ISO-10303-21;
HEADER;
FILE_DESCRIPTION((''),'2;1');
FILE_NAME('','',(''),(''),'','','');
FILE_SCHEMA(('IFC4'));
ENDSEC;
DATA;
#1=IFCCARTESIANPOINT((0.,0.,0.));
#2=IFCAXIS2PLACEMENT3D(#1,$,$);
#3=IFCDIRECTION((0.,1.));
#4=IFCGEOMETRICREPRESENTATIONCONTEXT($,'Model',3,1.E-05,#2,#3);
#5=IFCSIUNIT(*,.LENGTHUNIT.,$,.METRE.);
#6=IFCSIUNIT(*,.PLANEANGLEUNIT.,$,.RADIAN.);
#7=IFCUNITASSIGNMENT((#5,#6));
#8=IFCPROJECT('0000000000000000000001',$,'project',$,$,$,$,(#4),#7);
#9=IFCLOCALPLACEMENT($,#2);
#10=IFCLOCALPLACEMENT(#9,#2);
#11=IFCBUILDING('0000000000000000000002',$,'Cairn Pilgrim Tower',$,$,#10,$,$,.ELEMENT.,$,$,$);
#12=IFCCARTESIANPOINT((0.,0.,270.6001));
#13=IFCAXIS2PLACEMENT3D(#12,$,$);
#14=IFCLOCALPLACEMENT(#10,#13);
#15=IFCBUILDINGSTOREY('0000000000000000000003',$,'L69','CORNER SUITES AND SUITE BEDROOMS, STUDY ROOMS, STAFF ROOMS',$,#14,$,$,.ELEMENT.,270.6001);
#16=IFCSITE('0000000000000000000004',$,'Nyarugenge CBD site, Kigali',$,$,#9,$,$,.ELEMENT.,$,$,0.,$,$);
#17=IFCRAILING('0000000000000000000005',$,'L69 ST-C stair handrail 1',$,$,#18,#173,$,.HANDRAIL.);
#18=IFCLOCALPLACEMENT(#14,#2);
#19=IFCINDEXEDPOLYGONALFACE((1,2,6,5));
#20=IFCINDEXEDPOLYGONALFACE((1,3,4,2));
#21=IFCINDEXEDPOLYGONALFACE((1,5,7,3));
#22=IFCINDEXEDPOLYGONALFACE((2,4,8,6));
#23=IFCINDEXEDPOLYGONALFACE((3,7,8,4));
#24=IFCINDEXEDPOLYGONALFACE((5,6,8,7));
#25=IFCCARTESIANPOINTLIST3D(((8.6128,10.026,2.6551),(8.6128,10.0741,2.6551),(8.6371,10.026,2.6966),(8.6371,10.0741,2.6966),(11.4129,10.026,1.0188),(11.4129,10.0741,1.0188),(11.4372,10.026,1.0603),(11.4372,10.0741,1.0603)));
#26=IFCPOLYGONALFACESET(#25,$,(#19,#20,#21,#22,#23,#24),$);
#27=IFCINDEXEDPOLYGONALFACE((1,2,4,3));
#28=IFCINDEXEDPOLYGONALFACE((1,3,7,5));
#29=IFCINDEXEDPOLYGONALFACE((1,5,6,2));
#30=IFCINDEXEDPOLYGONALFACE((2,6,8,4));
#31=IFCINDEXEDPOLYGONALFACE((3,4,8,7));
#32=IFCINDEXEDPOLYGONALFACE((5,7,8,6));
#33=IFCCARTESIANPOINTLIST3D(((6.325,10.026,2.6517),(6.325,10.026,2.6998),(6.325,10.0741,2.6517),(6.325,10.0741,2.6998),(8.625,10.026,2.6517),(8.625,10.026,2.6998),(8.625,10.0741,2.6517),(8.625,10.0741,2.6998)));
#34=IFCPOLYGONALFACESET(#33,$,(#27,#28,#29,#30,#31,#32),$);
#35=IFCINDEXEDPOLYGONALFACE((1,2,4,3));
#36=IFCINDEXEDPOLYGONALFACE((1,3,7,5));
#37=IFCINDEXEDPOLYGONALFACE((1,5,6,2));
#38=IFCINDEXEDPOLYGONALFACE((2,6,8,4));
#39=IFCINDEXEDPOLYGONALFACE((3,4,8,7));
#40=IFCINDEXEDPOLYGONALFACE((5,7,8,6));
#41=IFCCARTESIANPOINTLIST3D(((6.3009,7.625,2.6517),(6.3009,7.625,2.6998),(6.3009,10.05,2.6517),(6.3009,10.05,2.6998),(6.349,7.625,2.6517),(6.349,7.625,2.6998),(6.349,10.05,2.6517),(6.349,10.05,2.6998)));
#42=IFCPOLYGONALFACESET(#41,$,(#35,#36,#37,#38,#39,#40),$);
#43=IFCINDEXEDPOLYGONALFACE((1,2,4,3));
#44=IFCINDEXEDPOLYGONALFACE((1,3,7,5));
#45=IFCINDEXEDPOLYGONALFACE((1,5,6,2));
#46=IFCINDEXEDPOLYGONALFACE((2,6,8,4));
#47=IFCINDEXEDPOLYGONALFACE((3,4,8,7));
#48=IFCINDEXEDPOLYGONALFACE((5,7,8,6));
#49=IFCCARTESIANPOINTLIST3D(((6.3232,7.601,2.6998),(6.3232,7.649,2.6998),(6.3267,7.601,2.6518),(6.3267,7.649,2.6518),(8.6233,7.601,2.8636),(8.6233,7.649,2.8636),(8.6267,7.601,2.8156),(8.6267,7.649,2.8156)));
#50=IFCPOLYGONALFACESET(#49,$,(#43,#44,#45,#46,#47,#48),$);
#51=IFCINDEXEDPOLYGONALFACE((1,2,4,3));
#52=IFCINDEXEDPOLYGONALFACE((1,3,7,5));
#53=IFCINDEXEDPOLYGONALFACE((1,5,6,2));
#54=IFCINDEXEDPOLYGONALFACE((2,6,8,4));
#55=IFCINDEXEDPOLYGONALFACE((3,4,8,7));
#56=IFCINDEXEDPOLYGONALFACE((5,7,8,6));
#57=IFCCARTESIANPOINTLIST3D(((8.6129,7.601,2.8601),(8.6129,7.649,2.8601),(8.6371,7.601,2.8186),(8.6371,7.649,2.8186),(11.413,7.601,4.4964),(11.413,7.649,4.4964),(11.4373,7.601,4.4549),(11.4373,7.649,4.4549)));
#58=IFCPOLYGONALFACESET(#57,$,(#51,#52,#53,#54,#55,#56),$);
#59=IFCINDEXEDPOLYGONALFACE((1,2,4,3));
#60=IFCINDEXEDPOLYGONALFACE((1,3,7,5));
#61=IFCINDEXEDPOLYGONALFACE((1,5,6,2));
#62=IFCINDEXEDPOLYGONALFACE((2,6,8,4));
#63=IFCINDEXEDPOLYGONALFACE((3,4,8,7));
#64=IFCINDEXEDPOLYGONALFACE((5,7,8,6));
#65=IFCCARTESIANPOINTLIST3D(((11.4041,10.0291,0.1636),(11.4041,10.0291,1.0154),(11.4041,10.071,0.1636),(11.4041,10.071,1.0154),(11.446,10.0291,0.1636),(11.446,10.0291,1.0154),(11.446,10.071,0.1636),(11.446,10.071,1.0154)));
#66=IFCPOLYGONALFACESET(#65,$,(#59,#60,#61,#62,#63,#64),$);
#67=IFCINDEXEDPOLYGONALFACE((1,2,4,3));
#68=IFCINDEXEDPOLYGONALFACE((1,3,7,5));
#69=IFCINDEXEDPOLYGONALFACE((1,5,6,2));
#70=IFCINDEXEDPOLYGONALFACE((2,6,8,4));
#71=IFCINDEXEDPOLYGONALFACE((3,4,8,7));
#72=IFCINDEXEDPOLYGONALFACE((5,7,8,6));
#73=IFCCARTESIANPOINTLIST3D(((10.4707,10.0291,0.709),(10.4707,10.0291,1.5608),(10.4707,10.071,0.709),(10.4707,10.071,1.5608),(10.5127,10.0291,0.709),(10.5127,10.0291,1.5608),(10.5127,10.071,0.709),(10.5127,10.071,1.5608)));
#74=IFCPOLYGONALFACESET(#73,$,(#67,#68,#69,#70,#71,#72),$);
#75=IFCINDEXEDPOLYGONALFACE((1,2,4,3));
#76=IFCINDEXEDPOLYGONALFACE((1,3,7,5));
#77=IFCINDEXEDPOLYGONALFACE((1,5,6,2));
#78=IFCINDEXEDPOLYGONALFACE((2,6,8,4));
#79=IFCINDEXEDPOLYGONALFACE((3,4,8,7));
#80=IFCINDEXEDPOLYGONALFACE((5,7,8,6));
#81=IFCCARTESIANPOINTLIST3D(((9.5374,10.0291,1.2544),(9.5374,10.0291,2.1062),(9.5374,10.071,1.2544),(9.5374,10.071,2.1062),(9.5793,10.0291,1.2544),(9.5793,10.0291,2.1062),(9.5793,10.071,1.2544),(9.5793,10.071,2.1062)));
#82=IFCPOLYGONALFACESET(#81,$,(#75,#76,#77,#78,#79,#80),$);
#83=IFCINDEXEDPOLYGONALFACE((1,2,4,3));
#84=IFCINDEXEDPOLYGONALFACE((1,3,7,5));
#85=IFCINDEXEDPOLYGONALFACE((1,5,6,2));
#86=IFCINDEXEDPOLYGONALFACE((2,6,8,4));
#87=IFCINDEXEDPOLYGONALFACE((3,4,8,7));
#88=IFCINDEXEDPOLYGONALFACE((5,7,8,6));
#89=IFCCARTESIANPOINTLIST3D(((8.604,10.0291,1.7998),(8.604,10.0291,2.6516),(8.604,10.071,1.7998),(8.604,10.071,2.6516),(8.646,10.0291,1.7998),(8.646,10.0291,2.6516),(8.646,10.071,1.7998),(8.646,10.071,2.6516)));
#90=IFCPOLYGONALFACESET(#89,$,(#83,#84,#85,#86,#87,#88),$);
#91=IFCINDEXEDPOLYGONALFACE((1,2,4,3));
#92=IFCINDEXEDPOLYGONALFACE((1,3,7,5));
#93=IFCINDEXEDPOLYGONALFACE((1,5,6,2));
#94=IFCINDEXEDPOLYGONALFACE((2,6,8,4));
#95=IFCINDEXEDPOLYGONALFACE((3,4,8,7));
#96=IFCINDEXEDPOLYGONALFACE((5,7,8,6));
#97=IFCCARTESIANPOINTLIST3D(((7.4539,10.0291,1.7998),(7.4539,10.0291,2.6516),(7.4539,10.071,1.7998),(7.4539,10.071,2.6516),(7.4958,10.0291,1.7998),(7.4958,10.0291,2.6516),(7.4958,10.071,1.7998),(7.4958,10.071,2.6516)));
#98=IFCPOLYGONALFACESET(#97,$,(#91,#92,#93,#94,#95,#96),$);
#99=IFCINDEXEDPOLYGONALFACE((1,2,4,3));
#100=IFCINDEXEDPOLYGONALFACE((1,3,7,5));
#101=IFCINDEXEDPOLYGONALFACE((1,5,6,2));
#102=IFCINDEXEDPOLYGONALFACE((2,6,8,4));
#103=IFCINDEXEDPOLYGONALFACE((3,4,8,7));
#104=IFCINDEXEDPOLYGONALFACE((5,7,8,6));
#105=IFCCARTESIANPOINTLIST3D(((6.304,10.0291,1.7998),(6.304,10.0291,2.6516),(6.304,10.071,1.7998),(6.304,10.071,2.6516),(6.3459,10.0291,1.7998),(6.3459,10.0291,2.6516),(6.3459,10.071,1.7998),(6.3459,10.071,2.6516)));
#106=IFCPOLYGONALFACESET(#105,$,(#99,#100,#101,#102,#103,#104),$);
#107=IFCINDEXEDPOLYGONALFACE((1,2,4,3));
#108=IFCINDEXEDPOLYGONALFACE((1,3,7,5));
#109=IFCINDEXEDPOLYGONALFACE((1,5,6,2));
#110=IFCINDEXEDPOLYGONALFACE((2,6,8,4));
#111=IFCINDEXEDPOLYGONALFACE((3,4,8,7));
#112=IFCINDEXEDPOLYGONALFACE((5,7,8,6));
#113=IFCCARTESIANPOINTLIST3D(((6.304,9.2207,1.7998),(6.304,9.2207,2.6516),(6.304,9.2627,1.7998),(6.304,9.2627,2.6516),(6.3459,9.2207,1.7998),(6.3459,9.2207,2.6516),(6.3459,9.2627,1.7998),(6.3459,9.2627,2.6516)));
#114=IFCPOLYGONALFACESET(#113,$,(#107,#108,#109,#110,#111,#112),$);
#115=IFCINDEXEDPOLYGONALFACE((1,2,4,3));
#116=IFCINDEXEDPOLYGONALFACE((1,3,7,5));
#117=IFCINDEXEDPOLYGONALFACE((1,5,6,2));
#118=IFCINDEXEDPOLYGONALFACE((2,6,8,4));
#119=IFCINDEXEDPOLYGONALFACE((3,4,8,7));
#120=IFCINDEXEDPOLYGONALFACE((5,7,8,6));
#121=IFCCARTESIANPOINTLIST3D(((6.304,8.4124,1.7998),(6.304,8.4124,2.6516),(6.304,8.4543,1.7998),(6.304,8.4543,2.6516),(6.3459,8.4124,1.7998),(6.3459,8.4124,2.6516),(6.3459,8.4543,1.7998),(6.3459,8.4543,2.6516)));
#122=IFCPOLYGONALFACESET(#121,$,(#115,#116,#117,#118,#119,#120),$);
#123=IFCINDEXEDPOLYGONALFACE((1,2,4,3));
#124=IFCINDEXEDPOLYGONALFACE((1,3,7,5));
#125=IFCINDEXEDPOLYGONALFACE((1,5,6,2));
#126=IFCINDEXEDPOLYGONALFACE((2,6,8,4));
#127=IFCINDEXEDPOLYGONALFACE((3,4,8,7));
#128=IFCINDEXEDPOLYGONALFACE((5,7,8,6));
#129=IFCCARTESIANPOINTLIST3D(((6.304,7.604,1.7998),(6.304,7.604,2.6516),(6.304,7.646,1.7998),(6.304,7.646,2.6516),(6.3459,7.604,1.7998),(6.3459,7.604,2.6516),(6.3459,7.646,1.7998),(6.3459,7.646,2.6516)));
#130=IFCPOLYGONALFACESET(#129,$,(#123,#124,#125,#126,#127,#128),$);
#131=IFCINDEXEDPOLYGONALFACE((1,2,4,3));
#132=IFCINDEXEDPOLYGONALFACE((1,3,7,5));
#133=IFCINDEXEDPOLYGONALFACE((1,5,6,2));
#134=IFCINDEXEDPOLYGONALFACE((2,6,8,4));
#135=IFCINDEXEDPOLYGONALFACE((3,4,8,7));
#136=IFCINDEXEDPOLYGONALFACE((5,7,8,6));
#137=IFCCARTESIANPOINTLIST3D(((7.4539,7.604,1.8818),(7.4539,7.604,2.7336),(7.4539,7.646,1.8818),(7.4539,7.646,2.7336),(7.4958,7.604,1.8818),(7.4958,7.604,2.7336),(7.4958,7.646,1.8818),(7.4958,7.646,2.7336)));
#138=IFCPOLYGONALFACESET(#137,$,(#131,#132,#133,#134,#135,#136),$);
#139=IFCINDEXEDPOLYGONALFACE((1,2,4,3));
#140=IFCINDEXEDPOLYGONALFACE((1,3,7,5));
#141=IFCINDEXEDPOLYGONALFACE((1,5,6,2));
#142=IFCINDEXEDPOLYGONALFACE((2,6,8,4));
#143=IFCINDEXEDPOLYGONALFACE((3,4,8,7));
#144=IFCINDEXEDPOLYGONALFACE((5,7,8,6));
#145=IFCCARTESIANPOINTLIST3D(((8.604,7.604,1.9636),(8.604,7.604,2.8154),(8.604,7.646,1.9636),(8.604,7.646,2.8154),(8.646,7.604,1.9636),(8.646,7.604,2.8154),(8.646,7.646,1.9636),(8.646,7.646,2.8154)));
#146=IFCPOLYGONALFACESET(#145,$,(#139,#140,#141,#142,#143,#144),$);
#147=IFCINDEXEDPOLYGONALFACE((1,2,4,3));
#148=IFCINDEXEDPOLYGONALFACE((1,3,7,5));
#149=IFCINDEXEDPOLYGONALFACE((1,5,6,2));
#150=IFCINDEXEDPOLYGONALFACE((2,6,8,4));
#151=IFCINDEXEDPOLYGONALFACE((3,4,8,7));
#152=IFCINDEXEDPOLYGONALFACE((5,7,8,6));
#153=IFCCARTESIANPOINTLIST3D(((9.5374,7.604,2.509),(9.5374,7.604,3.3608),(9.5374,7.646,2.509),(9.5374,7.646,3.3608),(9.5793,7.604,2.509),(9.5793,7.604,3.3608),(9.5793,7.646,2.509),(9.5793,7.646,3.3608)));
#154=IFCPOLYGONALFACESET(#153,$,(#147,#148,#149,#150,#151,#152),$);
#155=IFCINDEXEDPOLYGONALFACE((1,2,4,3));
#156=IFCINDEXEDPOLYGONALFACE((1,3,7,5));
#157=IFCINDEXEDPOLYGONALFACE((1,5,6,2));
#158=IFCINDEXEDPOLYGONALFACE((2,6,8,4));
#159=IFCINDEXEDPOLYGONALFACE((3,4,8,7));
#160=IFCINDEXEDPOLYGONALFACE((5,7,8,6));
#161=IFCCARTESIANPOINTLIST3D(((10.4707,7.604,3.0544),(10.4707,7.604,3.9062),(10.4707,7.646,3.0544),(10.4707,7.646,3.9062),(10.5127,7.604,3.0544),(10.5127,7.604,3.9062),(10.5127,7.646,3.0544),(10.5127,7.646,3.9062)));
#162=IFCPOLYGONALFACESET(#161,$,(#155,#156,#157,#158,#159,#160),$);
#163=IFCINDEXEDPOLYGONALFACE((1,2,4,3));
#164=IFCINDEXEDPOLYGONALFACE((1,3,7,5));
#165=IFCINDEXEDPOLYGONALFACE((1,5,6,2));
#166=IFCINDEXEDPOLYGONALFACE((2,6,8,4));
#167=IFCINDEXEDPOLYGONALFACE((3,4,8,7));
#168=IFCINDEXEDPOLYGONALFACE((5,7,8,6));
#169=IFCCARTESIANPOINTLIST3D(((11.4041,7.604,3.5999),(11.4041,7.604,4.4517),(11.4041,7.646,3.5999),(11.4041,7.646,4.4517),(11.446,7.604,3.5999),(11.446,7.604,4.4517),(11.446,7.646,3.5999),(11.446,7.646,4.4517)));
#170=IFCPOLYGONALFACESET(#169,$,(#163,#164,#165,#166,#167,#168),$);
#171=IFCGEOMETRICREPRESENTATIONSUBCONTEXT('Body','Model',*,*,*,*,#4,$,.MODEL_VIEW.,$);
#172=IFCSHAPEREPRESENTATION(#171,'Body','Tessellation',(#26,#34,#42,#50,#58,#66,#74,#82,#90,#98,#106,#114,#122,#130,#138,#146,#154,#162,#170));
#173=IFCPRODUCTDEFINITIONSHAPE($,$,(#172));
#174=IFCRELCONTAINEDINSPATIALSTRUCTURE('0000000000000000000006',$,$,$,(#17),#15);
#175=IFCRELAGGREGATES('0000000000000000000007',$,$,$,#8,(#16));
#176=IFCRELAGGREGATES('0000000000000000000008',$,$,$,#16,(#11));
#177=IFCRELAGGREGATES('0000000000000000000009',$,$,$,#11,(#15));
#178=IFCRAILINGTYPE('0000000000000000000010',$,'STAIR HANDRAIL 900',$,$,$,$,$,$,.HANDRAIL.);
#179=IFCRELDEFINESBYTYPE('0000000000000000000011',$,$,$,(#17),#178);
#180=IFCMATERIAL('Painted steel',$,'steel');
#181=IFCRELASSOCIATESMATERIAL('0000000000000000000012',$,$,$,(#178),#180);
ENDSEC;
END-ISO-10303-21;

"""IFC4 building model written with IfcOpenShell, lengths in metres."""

from ifc_helpers import new_model, si_unit, direction, frame, origin, origin_2d, place, context, subcontext, project, spatial, rectangle, extrude, material, type_object, element, save


model = new_model("IFC4")

# Units and contexts
model_context = context("Model", 3, precision=1e-05, world=origin(), true_north=direction((0.0, 1.0)))
body_context = subcontext(model_context, "Body", "Model", "MODEL_VIEW")
ifc_project = project(units=[si_unit("LENGTHUNIT", "METRE"), si_unit("PLANEANGLEUNIT", "RADIAN")], contexts=[model_context])

# Site, building, storey
site_placement = place(None, origin())
site = spatial("IfcSite", under=ifc_project, at=site_placement, Name="Nyarugenge CBD site, Kigali", CompositionType="ELEMENT", RefElevation=0.0)
building_placement = place(site_placement, origin())
building = spatial("IfcBuilding", under=site, at=building_placement, Name="Cairn Pilgrim Tower", CompositionType="ELEMENT")
storey_placement = place(building_placement, frame((0.0, 0.0, 270.6001)))
storey = spatial("IfcBuildingStorey", under=building, at=storey_placement, Name="L69", Description="CORNER SUITES AND SUITE BEDROOMS, STUDY ROOMS, STAFF ROOMS", CompositionType="ELEMENT", Elevation=270.6001)

# Shared definitions
ifc_material_1 = material(Name="Painted steel", Category="steel")

# Railing
railing_type_1 = type_object("IfcRailingType", Name="STAIR HANDRAIL 900", PredefinedType="HANDRAIL", material=ifc_material_1)
railing_1_placement = place(storey_placement, frame((11.425, 10.05, 0.1636)))
element("IfcRailing", 1, at=railing_1_placement, inside=storey, type_object=railing_type_1, Name="L69 ST-C stair handrail 1", PredefinedType="HANDRAIL", context=body_context, shape_type="SweptSolid", body=[
    extrude(rectangle(XDim=0.0481, YDim=0.0481, at=origin_2d()), frame((0.0, 0.0, 0.876), z_axis=(-0.863394, 0.0, 0.504531), x_axis=(0.0, -1.0, 0.0)), (0.0, 0.0, 1.0), 3.2432),
    extrude(rectangle(XDim=0.0481, YDim=0.0481, at=origin_2d()), frame((-2.8, 0.0, 2.5122), z_axis=(-1.0, 0.0, 0.0), x_axis=(0.0, -1.0, 0.0)), (0.0, 0.0, 1.0), 2.3),
    extrude(rectangle(XDim=0.0481, YDim=0.0481, at=origin_2d()), frame((-5.1001, 0.0, 2.5122), z_axis=(0.0, -1.0, 0.0), x_axis=(1.0, 0.0, 0.0)), (0.0, 0.0, 1.0), 2.425),
    extrude(rectangle(XDim=0.0481, YDim=0.0481, at=origin_2d()), frame((-5.1001, -2.425, 2.5122), z_axis=(0.997473, 0.0, 0.071044), x_axis=(0.0, 1.0, 0.0)), (0.0, 0.0, 1.0), 2.3059),
    extrude(rectangle(XDim=0.0481, YDim=0.0481, at=origin_2d()), frame((-2.8, -2.425, 2.6758), z_axis=(0.863394, 0.0, 0.504531), x_axis=(0.0, 1.0, 0.0)), (0.0, 0.0, 1.0), 3.2432),
    extrude(rectangle(XDim=0.042, YDim=0.042, at=origin_2d()), origin(), (0.0, 0.0, 1.0), 0.8518),
    extrude(rectangle(XDim=0.042, YDim=0.042, at=origin_2d()), frame((-0.9333, 0.0, 0.5454)), (0.0, 0.0, 1.0), 0.8518),
    extrude(rectangle(XDim=0.042, YDim=0.042, at=origin_2d()), frame((-1.8667, 0.0, 1.0908)), (0.0, 0.0, 1.0), 0.8518),
    extrude(rectangle(XDim=0.042, YDim=0.042, at=origin_2d()), frame((-2.8, 0.0, 1.6362)), (0.0, 0.0, 1.0), 0.8518),
    extrude(rectangle(XDim=0.042, YDim=0.042, at=origin_2d()), frame((-3.9502, 0.0, 1.6362)), (0.0, 0.0, 1.0), 0.8518),
    extrude(rectangle(XDim=0.042, YDim=0.042, at=origin_2d()), frame((-5.1001, 0.0, 1.6362)), (0.0, 0.0, 1.0), 0.8518),
    extrude(rectangle(XDim=0.042, YDim=0.042, at=origin_2d()), frame((-5.1001, -0.8083, 1.6362)), (0.0, 0.0, 1.0), 0.8518),
    extrude(rectangle(XDim=0.042, YDim=0.042, at=origin_2d()), frame((-5.1001, -1.6167, 1.6362)), (0.0, 0.0, 1.0), 0.8518),
    extrude(rectangle(XDim=0.042, YDim=0.042, at=origin_2d()), frame((-5.1001, -2.425, 1.6362)), (0.0, 0.0, 1.0), 0.8518),
    extrude(rectangle(XDim=0.042, YDim=0.042, at=origin_2d()), frame((-3.9502, -2.425, 1.7183)), (0.0, 0.0, 1.0), 0.8518),
    extrude(rectangle(XDim=0.042, YDim=0.042, at=origin_2d()), frame((-2.8, -2.425, 1.8)), (0.0, 0.0, 1.0), 0.8518),
    extrude(rectangle(XDim=0.042, YDim=0.042, at=origin_2d()), frame((-1.8667, -2.425, 2.3455)), (0.0, 0.0, 1.0), 0.8518),
    extrude(rectangle(XDim=0.042, YDim=0.042, at=origin_2d()), frame((-0.9333, -2.425, 2.8909)), (0.0, 0.0, 1.0), 0.8518),
    extrude(rectangle(XDim=0.042, YDim=0.042, at=origin_2d()), frame((0.0, -2.425, 3.4363)), (0.0, 0.0, 1.0), 0.8518),
])

save(model, "model.ifc")
